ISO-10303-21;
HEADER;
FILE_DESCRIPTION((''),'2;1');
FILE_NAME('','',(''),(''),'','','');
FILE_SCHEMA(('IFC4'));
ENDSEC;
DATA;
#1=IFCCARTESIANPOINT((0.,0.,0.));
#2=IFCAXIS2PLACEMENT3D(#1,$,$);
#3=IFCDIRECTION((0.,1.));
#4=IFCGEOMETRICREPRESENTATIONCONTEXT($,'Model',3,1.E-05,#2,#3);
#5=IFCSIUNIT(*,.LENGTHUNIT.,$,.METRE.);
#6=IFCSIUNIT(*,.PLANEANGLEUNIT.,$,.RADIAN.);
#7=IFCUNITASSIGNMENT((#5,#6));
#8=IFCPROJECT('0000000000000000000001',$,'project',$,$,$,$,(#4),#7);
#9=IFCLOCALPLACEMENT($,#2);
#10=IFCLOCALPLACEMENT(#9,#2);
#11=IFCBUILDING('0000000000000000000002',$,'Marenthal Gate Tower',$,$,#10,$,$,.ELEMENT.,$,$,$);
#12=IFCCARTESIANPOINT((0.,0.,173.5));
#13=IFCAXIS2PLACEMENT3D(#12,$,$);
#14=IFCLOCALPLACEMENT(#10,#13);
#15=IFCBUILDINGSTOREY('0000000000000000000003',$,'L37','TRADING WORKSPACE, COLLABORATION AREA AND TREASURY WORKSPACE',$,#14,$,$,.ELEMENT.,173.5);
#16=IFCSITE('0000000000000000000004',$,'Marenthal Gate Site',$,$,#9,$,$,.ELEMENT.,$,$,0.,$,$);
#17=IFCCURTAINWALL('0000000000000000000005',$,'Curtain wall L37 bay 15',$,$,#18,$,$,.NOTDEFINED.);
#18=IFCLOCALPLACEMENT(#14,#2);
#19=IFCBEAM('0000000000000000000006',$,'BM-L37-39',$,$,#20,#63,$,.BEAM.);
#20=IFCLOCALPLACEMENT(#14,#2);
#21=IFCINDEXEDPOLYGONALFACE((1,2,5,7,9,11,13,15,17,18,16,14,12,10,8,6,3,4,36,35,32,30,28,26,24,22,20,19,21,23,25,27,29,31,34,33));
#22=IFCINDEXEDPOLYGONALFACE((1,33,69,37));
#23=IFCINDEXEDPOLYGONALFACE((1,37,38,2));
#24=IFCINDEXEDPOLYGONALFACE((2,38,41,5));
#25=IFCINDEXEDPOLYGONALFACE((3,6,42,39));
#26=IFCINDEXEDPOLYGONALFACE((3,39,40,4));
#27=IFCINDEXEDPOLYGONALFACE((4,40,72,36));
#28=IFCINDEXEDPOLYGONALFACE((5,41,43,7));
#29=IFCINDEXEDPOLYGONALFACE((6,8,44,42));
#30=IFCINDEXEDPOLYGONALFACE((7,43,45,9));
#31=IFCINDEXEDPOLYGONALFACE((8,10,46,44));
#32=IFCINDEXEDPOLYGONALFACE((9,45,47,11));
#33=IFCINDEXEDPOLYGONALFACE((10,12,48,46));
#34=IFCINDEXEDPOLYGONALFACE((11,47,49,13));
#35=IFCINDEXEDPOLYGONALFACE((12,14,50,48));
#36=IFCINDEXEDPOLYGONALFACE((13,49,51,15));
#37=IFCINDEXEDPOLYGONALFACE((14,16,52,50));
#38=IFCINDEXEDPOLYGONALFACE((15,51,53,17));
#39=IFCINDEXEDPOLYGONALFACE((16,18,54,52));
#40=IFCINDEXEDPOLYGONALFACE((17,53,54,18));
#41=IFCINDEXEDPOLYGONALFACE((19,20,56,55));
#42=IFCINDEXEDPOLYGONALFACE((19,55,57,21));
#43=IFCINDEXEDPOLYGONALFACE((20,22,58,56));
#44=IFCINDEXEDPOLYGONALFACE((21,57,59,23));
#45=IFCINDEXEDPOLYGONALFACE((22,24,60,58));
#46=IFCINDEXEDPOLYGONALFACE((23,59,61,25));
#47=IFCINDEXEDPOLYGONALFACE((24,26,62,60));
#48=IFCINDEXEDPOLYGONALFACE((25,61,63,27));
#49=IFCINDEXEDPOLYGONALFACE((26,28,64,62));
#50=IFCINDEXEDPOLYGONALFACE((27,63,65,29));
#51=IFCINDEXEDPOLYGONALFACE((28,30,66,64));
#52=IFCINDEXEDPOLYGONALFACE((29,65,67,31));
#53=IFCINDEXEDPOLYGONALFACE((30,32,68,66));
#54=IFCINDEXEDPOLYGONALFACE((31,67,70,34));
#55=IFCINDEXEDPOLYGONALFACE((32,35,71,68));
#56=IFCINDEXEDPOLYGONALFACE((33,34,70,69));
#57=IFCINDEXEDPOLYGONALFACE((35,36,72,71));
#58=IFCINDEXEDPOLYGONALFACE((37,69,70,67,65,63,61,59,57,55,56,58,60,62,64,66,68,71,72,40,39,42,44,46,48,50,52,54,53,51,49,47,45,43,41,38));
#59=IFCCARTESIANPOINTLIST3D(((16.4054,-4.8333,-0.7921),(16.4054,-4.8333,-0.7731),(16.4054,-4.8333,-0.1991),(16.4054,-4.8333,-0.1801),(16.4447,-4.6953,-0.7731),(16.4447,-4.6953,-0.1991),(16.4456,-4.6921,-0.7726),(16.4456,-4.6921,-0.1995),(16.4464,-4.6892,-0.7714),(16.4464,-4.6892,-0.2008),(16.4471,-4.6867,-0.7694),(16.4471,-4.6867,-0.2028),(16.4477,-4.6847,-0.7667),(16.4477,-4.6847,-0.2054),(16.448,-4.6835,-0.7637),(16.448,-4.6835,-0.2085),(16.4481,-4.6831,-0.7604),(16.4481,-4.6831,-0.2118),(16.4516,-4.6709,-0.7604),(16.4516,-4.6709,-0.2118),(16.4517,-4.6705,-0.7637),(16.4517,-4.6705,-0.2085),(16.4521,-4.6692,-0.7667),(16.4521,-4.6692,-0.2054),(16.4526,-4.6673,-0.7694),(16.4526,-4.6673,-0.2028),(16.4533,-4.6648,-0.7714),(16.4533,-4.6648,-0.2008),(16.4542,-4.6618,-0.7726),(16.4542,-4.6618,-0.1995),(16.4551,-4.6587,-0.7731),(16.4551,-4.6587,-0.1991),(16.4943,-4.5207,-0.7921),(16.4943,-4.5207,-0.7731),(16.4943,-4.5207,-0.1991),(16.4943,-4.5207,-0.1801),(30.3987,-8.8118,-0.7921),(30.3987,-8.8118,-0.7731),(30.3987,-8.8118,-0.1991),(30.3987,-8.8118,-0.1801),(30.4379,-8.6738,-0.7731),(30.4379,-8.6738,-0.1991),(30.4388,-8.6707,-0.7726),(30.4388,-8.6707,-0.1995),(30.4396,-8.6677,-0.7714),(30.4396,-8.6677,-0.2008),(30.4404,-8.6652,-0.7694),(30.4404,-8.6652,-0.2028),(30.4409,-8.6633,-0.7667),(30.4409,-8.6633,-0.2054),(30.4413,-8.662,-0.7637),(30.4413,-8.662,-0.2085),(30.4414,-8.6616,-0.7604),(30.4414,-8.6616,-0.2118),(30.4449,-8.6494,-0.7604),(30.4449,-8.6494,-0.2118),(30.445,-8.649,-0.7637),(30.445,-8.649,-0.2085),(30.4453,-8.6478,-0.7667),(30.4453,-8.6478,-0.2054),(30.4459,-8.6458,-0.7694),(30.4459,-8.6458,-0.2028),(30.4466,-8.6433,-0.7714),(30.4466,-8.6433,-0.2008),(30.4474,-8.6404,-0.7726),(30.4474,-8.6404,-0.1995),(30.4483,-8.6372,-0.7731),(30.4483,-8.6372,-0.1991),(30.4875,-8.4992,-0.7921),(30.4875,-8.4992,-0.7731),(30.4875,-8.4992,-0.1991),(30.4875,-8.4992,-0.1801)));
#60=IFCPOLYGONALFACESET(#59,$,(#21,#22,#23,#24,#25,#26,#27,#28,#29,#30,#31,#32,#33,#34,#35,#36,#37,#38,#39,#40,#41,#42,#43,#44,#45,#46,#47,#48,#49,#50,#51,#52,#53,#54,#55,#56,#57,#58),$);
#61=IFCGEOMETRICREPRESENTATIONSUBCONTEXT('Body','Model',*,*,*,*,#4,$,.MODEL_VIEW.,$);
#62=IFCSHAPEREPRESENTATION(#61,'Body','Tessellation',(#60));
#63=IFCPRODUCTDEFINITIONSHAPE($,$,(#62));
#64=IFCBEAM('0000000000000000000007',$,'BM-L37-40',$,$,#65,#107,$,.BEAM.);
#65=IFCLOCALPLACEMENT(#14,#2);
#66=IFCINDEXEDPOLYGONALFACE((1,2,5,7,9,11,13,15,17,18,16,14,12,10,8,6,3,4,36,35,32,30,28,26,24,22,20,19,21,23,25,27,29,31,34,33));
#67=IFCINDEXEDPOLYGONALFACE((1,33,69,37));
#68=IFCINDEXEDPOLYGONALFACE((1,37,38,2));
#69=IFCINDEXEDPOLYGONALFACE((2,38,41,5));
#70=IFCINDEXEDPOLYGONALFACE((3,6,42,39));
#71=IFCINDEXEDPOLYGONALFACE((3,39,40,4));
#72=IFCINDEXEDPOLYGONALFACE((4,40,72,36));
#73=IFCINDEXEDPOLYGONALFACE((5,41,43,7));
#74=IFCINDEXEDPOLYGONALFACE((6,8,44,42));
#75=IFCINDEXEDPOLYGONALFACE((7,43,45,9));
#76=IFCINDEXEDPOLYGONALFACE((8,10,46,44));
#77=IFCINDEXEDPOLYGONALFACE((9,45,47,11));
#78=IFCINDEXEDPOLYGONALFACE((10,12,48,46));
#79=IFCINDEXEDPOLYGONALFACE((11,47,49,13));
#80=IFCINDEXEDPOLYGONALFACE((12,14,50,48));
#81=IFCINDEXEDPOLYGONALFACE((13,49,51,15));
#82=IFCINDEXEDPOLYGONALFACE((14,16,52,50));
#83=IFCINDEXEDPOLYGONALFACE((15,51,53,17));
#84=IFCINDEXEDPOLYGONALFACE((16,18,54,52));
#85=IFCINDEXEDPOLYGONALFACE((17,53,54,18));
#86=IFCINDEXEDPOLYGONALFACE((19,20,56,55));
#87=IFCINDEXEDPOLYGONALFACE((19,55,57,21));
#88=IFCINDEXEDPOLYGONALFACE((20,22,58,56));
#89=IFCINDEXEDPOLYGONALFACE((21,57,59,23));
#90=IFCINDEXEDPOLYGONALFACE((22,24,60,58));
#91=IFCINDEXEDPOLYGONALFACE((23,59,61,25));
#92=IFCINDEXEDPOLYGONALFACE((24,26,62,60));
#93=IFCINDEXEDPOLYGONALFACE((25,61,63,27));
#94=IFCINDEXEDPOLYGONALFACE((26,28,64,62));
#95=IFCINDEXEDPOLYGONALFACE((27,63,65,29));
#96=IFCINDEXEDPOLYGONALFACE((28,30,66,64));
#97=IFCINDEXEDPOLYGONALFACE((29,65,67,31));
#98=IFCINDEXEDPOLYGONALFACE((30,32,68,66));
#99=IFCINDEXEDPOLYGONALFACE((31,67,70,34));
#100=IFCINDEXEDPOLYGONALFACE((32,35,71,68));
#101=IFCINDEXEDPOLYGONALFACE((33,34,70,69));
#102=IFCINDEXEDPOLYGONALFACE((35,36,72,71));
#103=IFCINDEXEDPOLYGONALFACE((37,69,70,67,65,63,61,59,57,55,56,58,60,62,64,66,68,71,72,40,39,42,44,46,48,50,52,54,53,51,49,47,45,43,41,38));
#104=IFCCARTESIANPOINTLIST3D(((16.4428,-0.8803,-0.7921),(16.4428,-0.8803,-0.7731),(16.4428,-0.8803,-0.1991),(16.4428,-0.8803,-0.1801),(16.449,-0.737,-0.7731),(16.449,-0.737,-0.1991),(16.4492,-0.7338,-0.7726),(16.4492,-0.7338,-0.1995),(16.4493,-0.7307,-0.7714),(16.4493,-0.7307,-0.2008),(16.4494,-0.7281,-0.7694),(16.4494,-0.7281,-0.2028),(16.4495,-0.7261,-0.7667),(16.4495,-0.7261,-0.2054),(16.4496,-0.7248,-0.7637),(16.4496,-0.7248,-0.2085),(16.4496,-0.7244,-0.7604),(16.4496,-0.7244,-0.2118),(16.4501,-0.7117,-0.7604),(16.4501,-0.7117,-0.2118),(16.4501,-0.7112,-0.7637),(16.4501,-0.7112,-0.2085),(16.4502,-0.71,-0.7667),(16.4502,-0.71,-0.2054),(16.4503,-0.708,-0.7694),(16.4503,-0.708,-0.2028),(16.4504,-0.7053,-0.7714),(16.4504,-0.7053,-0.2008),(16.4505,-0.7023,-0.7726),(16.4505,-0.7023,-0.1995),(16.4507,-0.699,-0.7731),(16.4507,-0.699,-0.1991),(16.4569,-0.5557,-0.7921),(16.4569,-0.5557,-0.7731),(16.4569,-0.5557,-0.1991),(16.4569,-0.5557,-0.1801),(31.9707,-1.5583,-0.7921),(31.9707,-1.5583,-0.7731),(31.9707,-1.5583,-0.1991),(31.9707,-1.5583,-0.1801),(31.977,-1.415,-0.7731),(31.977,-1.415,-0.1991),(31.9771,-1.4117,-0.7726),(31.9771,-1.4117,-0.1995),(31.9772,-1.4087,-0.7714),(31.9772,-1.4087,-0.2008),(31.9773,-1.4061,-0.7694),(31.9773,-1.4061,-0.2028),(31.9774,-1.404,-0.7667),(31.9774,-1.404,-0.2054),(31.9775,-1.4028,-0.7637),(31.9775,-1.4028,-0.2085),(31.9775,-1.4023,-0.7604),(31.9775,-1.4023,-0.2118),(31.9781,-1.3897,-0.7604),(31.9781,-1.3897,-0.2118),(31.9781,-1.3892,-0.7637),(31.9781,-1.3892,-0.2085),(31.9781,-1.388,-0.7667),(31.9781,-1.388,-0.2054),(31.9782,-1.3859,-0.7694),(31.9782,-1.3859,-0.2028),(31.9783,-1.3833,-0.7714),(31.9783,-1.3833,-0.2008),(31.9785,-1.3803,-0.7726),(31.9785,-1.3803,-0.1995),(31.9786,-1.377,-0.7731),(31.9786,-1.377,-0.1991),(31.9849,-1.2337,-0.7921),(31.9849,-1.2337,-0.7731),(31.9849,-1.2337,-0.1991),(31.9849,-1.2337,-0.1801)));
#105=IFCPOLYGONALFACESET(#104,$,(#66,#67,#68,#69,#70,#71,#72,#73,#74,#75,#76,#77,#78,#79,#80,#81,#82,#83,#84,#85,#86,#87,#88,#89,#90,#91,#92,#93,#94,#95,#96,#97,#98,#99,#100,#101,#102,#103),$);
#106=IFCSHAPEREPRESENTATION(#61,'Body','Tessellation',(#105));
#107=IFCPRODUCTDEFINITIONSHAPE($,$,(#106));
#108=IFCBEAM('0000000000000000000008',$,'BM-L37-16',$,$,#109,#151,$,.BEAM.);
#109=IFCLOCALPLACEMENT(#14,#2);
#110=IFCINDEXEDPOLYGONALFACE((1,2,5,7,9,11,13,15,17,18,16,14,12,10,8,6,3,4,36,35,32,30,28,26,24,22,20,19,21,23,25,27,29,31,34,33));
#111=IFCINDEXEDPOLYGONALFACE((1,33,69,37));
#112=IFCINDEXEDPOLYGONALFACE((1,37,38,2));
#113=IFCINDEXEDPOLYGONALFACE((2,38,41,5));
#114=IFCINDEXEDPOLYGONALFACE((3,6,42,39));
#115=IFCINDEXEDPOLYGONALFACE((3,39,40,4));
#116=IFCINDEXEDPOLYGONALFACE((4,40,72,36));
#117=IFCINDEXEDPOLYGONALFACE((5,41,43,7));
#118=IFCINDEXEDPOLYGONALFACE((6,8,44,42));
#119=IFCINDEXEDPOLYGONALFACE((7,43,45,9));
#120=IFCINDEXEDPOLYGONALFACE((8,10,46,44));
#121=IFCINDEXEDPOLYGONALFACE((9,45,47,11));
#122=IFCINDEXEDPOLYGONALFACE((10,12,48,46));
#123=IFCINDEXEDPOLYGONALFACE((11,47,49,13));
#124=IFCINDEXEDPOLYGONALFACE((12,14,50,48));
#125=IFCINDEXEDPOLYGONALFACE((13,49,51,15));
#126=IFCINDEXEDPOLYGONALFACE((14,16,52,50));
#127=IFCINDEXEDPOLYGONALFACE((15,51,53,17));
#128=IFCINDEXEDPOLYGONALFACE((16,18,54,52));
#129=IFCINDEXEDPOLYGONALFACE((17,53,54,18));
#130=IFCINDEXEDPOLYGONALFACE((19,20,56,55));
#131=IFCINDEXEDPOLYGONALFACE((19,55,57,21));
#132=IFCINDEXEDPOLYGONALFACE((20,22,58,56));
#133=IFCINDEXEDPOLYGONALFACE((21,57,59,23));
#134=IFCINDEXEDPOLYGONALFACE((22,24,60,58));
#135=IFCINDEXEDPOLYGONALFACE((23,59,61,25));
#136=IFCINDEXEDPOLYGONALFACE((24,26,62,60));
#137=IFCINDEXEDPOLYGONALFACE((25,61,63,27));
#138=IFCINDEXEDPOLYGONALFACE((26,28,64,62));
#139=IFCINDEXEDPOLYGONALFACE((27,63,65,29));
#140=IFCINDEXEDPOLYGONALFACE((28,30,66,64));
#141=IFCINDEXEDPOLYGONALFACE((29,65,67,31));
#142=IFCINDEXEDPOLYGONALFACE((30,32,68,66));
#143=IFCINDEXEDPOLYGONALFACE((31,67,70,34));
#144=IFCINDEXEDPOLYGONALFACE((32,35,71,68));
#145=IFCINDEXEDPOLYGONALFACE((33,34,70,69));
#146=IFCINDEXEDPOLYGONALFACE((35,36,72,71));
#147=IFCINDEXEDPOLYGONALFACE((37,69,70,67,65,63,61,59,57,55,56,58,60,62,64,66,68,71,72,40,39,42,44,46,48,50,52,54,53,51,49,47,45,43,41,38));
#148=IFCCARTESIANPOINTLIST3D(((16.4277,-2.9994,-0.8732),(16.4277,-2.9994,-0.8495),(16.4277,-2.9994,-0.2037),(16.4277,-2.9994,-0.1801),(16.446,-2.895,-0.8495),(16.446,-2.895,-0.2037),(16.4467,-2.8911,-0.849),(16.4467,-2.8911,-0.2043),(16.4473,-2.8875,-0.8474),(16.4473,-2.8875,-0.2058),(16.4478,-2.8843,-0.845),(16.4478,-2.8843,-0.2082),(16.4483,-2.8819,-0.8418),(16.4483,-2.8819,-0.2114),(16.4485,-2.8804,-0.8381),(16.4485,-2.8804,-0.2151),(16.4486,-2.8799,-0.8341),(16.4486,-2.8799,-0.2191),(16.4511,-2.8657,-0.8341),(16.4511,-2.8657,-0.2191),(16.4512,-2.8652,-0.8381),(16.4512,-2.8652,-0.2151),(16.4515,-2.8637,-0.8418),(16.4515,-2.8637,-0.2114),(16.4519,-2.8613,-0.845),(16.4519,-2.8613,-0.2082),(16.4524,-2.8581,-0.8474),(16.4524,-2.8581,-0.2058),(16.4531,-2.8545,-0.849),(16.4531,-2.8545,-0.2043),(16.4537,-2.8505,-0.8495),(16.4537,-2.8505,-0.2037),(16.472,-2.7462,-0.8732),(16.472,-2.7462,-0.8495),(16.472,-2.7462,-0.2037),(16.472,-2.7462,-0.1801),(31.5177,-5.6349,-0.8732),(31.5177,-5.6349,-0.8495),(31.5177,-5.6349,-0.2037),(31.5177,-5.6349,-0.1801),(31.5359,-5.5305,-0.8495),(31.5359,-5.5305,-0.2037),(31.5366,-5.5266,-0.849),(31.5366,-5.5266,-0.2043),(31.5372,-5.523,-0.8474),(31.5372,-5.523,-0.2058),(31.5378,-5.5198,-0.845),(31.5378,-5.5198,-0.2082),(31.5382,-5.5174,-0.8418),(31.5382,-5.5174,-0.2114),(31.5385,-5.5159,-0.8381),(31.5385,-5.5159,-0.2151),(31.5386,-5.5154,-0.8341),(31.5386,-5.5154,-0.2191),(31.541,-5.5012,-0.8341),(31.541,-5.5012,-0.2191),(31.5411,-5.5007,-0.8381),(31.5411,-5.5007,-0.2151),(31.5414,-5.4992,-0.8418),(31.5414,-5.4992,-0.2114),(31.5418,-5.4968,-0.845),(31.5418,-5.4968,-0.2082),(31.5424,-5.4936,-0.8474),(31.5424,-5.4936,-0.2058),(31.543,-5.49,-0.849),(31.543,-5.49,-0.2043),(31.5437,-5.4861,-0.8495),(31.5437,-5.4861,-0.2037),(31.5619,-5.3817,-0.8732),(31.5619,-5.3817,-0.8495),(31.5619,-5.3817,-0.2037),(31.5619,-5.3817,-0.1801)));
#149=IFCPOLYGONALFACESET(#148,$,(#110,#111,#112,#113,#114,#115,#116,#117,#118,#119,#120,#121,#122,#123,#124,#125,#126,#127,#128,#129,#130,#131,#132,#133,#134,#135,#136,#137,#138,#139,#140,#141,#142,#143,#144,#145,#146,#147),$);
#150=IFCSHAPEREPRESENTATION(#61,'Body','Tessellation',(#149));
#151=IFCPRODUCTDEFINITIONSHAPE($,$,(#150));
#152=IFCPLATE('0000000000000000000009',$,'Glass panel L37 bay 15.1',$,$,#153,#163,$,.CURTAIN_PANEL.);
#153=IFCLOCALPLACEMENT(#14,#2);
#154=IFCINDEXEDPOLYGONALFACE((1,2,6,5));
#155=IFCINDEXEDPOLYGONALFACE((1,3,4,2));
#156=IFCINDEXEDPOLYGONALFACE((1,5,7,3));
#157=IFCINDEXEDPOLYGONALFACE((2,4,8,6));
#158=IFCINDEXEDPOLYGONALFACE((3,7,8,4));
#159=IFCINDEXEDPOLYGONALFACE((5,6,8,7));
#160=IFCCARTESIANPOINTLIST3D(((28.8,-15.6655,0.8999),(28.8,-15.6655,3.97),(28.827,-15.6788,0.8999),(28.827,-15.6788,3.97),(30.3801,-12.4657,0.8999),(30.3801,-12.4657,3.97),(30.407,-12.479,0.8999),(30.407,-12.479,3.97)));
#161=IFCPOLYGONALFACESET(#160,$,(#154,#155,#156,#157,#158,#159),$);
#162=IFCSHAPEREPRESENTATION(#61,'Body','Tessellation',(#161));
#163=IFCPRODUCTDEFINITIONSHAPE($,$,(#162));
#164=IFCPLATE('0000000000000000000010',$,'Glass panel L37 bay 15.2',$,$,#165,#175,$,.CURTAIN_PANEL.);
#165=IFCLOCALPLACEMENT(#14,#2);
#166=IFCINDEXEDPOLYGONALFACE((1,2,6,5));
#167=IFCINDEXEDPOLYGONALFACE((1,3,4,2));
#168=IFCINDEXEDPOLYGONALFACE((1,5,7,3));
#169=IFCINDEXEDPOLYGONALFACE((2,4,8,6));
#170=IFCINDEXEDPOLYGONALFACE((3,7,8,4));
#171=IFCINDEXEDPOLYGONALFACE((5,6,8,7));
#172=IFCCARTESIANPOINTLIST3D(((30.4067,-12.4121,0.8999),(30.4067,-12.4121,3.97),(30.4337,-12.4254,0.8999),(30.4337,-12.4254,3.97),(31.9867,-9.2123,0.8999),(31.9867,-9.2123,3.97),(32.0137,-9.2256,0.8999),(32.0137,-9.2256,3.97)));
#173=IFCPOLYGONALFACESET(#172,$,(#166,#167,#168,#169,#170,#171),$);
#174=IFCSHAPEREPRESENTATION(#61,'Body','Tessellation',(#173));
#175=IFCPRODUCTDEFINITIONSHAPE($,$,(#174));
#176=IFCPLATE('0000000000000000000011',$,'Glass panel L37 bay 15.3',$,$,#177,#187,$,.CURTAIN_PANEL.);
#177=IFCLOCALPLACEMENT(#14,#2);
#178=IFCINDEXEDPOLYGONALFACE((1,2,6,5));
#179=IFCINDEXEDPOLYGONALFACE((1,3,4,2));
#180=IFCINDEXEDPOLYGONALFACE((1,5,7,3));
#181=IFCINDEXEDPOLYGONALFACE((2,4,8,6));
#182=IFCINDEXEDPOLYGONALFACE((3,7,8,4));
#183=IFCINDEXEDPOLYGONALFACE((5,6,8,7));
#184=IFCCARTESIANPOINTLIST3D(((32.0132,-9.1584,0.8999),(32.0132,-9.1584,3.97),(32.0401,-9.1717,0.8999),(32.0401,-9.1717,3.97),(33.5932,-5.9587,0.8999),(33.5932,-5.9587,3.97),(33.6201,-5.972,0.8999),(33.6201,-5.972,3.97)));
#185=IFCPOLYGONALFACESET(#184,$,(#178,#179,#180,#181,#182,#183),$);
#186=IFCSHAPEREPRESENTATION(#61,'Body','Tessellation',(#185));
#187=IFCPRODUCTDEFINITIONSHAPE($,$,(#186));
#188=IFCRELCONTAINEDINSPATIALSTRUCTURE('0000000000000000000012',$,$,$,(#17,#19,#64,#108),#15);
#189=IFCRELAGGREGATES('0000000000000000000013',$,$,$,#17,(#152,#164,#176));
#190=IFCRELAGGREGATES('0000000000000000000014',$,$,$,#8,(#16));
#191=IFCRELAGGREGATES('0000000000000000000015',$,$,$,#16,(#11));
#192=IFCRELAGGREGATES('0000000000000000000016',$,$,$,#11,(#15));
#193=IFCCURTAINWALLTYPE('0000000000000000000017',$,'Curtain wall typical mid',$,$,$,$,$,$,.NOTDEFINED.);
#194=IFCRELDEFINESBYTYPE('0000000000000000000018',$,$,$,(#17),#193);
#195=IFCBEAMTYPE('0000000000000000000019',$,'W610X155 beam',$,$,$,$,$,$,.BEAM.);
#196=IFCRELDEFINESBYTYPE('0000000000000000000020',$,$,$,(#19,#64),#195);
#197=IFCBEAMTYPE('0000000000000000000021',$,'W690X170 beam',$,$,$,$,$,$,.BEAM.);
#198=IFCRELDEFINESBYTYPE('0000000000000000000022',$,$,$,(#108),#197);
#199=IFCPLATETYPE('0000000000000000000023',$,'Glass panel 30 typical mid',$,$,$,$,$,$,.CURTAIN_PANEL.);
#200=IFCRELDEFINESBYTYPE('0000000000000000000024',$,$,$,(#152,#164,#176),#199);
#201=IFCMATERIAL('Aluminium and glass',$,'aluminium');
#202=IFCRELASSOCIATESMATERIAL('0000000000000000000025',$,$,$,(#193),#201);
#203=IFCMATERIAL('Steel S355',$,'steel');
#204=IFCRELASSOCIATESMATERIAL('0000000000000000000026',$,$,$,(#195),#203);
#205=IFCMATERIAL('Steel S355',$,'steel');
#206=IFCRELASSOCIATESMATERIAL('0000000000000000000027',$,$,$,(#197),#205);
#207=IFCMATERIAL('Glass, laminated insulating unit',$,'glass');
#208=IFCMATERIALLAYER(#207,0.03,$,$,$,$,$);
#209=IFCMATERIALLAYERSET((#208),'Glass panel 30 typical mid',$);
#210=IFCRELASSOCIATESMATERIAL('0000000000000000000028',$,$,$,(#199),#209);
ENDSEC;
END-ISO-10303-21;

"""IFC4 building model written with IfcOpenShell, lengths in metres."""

from ifc_helpers import new_model, si_unit, direction, frame, origin, origin_2d, place, context, subcontext, project, spatial, rectangle, i_section, extrude, material, layer, layer_set, material_profile, profile_set, type_object, element, aggregate, save


model = new_model("IFC4")

# Units and contexts
model_context = context("Model", 3, precision=1e-05, world=origin(), true_north=direction((0.0, 1.0)))
body_context = subcontext(model_context, "Body", "Model", "MODEL_VIEW")
ifc_project = project(units=[si_unit("LENGTHUNIT", "METRE"), si_unit("PLANEANGLEUNIT", "RADIAN")], contexts=[model_context])

# Site, building, storey
site_placement = place(None, origin())
site = spatial("IfcSite", under=ifc_project, at=site_placement, Name="Marenthal Gate Site", CompositionType="ELEMENT", RefElevation=0.0)
building_placement = place(site_placement, origin())
building = spatial("IfcBuilding", under=site, at=building_placement, Name="Marenthal Gate Tower", CompositionType="ELEMENT")
storey_placement = place(building_placement, frame((0.0, 0.0, 173.5)))
storey = spatial("IfcBuildingStorey", under=building, at=storey_placement, Name="L37", Description="TRADING WORKSPACE, COLLABORATION AREA AND TREASURY WORKSPACE", CompositionType="ELEMENT", Elevation=173.5)

# Curtain wall
ifc_material_1 = material(Name="Aluminium and glass", Category="aluminium")
curtain_wall_type = type_object("IfcCurtainWallType", Name="Curtain wall typical mid", PredefinedType="NOTDEFINED", material=ifc_material_1)
curtain_wall_placement = place(storey_placement, origin())
curtain_wall = element("IfcCurtainWall", 1, at=curtain_wall_placement, inside=storey, type_object=curtain_wall_type, Name="Curtain wall L37 bay 15", PredefinedType="NOTDEFINED")

# Beams
ifc_material_2 = material(Name="Steel S355", Category="steel")
ifc_material_profile_1 = material_profile(ifc_material_2, i_section(OverallWidth=0.325, OverallDepth=0.6121, WebThickness=0.0127, FlangeThickness=0.019, FilletRadius=0.0127, at=origin_2d()), Name="W610X155")
ifc_profile_set_1 = profile_set([ifc_material_profile_1], Name="Steel S355")
beam_type_1 = type_object("IfcBeamType", Name="W610X155 beam", PredefinedType="BEAM", material=ifc_profile_set_1)
beam_1_placement = place(storey_placement, frame((30.4431, -8.6555, -0.4861), z_axis=(-0.961878, 0.27348, 0.0), x_axis=(-0.27348, -0.961878, 0.0)))
element("IfcBeam", 2, at=beam_1_placement, inside=storey, type_object=beam_type_1, Name="BM-L37-39", PredefinedType="BEAM", context=body_context, shape_type="SweptSolid", body=[
    extrude(i_section(OverallWidth=0.325, OverallDepth=0.6121, WebThickness=0.0127, FlangeThickness=0.019, FilletRadius=0.0127, at=origin_2d()), origin(), (0.0, 0.0, 1.0), 14.5479),
])
beam_2_placement = place(storey_placement, frame((31.9778, -1.396, -0.4861), z_axis=(-0.999048, 0.043621, 0.0), x_axis=(-0.043621, -0.999048, 0.0)))
element("IfcBeam", 3, at=beam_2_placement, inside=storey, type_object=beam_type_1, Name="BM-L37-40", PredefinedType="BEAM", context=body_context, shape_type="SweptSolid", body=[
    extrude(i_section(OverallWidth=0.325, OverallDepth=0.6121, WebThickness=0.0127, FlangeThickness=0.019, FilletRadius=0.0127, at=origin_2d()), origin(), (0.0, 0.0, 1.0), 15.5427),
])
ifc_material_3 = material(Name="Steel S355", Category="steel")
ifc_material_profile_2 = material_profile(ifc_material_3, i_section(OverallWidth=0.2571, OverallDepth=0.6931, WebThickness=0.0144, FlangeThickness=0.0237, FilletRadius=0.0154, at=origin_2d()), Name="W690X170")
ifc_profile_set_2 = profile_set([ifc_material_profile_2], Name="Steel S355")
beam_type_2 = type_object("IfcBeamType", Name="W690X170 beam", PredefinedType="BEAM", material=ifc_profile_set_2)
beam_3_placement = place(storey_placement, frame((31.5398, -5.5083, -0.5266), z_axis=(-0.985088, 0.172049, 0.0), x_axis=(-0.172049, -0.985088, 0.0)))
element("IfcBeam", 4, at=beam_3_placement, inside=storey, type_object=beam_type_2, Name="BM-L37-16", PredefinedType="BEAM", context=body_context, shape_type="SweptSolid", body=[
    extrude(i_section(OverallWidth=0.2571, OverallDepth=0.6931, WebThickness=0.0144, FlangeThickness=0.0237, FilletRadius=0.0154, at=origin_2d()), origin(), (0.0, 0.0, 1.0), 15.3184),
])

# Plates
ifc_material_4 = material(Name="Glass, laminated insulating unit", Category="glass")
ifc_layer_1 = layer(ifc_material_4, 0.03)
ifc_layer_set_1 = layer_set([ifc_layer_1], Name="Glass panel 30 typical mid")
plate_type = type_object("IfcPlateType", Name="Glass panel 30 typical mid", PredefinedType="CURTAIN_PANEL", material=ifc_layer_set_1)
plate_1_placement = place(storey_placement, frame((29.6035, -14.0723, 0.8999), z_axis=(0.0, 0.0, 1.0), x_axis=(0.442753, 0.896643, 0.0)))
plate_1 = element("IfcPlate", 5, at=plate_1_placement, type_object=plate_type, Name="Glass panel L37 bay 15.1", PredefinedType="CURTAIN_PANEL", context=body_context, shape_type="SweptSolid", body=[
    extrude(rectangle(XDim=3.5686, YDim=0.03, at=origin_2d()), origin(), (0.0, 0.0, 1.0), 3.0701),
])
plate_2_placement = place(storey_placement, frame((31.2102, -10.8188, 0.8999), z_axis=(0.0, 0.0, 1.0), x_axis=(0.442753, 0.896643, 0.0)))
plate_2 = element("IfcPlate", 6, at=plate_2_placement, type_object=plate_type, Name="Glass panel L37 bay 15.2", PredefinedType="CURTAIN_PANEL", context=body_context, shape_type="SweptSolid", body=[
    extrude(rectangle(XDim=3.5686, YDim=0.03, at=origin_2d()), origin(), (0.0, 0.0, 1.0), 3.0701),
])
plate_3_placement = place(storey_placement, frame((32.8167, -7.5652, 0.8999), z_axis=(0.0, 0.0, 1.0), x_axis=(0.442753, 0.896643, 0.0)))
plate_3 = element("IfcPlate", 7, at=plate_3_placement, type_object=plate_type, Name="Glass panel L37 bay 15.3", PredefinedType="CURTAIN_PANEL", context=body_context, shape_type="SweptSolid", body=[
    extrude(rectangle(XDim=3.5686, YDim=0.03, at=origin_2d()), origin(), (0.0, 0.0, 1.0), 3.0701),
])
aggregate(curtain_wall, [plate_1, plate_2, plate_3])

save(model, "model.ifc")
